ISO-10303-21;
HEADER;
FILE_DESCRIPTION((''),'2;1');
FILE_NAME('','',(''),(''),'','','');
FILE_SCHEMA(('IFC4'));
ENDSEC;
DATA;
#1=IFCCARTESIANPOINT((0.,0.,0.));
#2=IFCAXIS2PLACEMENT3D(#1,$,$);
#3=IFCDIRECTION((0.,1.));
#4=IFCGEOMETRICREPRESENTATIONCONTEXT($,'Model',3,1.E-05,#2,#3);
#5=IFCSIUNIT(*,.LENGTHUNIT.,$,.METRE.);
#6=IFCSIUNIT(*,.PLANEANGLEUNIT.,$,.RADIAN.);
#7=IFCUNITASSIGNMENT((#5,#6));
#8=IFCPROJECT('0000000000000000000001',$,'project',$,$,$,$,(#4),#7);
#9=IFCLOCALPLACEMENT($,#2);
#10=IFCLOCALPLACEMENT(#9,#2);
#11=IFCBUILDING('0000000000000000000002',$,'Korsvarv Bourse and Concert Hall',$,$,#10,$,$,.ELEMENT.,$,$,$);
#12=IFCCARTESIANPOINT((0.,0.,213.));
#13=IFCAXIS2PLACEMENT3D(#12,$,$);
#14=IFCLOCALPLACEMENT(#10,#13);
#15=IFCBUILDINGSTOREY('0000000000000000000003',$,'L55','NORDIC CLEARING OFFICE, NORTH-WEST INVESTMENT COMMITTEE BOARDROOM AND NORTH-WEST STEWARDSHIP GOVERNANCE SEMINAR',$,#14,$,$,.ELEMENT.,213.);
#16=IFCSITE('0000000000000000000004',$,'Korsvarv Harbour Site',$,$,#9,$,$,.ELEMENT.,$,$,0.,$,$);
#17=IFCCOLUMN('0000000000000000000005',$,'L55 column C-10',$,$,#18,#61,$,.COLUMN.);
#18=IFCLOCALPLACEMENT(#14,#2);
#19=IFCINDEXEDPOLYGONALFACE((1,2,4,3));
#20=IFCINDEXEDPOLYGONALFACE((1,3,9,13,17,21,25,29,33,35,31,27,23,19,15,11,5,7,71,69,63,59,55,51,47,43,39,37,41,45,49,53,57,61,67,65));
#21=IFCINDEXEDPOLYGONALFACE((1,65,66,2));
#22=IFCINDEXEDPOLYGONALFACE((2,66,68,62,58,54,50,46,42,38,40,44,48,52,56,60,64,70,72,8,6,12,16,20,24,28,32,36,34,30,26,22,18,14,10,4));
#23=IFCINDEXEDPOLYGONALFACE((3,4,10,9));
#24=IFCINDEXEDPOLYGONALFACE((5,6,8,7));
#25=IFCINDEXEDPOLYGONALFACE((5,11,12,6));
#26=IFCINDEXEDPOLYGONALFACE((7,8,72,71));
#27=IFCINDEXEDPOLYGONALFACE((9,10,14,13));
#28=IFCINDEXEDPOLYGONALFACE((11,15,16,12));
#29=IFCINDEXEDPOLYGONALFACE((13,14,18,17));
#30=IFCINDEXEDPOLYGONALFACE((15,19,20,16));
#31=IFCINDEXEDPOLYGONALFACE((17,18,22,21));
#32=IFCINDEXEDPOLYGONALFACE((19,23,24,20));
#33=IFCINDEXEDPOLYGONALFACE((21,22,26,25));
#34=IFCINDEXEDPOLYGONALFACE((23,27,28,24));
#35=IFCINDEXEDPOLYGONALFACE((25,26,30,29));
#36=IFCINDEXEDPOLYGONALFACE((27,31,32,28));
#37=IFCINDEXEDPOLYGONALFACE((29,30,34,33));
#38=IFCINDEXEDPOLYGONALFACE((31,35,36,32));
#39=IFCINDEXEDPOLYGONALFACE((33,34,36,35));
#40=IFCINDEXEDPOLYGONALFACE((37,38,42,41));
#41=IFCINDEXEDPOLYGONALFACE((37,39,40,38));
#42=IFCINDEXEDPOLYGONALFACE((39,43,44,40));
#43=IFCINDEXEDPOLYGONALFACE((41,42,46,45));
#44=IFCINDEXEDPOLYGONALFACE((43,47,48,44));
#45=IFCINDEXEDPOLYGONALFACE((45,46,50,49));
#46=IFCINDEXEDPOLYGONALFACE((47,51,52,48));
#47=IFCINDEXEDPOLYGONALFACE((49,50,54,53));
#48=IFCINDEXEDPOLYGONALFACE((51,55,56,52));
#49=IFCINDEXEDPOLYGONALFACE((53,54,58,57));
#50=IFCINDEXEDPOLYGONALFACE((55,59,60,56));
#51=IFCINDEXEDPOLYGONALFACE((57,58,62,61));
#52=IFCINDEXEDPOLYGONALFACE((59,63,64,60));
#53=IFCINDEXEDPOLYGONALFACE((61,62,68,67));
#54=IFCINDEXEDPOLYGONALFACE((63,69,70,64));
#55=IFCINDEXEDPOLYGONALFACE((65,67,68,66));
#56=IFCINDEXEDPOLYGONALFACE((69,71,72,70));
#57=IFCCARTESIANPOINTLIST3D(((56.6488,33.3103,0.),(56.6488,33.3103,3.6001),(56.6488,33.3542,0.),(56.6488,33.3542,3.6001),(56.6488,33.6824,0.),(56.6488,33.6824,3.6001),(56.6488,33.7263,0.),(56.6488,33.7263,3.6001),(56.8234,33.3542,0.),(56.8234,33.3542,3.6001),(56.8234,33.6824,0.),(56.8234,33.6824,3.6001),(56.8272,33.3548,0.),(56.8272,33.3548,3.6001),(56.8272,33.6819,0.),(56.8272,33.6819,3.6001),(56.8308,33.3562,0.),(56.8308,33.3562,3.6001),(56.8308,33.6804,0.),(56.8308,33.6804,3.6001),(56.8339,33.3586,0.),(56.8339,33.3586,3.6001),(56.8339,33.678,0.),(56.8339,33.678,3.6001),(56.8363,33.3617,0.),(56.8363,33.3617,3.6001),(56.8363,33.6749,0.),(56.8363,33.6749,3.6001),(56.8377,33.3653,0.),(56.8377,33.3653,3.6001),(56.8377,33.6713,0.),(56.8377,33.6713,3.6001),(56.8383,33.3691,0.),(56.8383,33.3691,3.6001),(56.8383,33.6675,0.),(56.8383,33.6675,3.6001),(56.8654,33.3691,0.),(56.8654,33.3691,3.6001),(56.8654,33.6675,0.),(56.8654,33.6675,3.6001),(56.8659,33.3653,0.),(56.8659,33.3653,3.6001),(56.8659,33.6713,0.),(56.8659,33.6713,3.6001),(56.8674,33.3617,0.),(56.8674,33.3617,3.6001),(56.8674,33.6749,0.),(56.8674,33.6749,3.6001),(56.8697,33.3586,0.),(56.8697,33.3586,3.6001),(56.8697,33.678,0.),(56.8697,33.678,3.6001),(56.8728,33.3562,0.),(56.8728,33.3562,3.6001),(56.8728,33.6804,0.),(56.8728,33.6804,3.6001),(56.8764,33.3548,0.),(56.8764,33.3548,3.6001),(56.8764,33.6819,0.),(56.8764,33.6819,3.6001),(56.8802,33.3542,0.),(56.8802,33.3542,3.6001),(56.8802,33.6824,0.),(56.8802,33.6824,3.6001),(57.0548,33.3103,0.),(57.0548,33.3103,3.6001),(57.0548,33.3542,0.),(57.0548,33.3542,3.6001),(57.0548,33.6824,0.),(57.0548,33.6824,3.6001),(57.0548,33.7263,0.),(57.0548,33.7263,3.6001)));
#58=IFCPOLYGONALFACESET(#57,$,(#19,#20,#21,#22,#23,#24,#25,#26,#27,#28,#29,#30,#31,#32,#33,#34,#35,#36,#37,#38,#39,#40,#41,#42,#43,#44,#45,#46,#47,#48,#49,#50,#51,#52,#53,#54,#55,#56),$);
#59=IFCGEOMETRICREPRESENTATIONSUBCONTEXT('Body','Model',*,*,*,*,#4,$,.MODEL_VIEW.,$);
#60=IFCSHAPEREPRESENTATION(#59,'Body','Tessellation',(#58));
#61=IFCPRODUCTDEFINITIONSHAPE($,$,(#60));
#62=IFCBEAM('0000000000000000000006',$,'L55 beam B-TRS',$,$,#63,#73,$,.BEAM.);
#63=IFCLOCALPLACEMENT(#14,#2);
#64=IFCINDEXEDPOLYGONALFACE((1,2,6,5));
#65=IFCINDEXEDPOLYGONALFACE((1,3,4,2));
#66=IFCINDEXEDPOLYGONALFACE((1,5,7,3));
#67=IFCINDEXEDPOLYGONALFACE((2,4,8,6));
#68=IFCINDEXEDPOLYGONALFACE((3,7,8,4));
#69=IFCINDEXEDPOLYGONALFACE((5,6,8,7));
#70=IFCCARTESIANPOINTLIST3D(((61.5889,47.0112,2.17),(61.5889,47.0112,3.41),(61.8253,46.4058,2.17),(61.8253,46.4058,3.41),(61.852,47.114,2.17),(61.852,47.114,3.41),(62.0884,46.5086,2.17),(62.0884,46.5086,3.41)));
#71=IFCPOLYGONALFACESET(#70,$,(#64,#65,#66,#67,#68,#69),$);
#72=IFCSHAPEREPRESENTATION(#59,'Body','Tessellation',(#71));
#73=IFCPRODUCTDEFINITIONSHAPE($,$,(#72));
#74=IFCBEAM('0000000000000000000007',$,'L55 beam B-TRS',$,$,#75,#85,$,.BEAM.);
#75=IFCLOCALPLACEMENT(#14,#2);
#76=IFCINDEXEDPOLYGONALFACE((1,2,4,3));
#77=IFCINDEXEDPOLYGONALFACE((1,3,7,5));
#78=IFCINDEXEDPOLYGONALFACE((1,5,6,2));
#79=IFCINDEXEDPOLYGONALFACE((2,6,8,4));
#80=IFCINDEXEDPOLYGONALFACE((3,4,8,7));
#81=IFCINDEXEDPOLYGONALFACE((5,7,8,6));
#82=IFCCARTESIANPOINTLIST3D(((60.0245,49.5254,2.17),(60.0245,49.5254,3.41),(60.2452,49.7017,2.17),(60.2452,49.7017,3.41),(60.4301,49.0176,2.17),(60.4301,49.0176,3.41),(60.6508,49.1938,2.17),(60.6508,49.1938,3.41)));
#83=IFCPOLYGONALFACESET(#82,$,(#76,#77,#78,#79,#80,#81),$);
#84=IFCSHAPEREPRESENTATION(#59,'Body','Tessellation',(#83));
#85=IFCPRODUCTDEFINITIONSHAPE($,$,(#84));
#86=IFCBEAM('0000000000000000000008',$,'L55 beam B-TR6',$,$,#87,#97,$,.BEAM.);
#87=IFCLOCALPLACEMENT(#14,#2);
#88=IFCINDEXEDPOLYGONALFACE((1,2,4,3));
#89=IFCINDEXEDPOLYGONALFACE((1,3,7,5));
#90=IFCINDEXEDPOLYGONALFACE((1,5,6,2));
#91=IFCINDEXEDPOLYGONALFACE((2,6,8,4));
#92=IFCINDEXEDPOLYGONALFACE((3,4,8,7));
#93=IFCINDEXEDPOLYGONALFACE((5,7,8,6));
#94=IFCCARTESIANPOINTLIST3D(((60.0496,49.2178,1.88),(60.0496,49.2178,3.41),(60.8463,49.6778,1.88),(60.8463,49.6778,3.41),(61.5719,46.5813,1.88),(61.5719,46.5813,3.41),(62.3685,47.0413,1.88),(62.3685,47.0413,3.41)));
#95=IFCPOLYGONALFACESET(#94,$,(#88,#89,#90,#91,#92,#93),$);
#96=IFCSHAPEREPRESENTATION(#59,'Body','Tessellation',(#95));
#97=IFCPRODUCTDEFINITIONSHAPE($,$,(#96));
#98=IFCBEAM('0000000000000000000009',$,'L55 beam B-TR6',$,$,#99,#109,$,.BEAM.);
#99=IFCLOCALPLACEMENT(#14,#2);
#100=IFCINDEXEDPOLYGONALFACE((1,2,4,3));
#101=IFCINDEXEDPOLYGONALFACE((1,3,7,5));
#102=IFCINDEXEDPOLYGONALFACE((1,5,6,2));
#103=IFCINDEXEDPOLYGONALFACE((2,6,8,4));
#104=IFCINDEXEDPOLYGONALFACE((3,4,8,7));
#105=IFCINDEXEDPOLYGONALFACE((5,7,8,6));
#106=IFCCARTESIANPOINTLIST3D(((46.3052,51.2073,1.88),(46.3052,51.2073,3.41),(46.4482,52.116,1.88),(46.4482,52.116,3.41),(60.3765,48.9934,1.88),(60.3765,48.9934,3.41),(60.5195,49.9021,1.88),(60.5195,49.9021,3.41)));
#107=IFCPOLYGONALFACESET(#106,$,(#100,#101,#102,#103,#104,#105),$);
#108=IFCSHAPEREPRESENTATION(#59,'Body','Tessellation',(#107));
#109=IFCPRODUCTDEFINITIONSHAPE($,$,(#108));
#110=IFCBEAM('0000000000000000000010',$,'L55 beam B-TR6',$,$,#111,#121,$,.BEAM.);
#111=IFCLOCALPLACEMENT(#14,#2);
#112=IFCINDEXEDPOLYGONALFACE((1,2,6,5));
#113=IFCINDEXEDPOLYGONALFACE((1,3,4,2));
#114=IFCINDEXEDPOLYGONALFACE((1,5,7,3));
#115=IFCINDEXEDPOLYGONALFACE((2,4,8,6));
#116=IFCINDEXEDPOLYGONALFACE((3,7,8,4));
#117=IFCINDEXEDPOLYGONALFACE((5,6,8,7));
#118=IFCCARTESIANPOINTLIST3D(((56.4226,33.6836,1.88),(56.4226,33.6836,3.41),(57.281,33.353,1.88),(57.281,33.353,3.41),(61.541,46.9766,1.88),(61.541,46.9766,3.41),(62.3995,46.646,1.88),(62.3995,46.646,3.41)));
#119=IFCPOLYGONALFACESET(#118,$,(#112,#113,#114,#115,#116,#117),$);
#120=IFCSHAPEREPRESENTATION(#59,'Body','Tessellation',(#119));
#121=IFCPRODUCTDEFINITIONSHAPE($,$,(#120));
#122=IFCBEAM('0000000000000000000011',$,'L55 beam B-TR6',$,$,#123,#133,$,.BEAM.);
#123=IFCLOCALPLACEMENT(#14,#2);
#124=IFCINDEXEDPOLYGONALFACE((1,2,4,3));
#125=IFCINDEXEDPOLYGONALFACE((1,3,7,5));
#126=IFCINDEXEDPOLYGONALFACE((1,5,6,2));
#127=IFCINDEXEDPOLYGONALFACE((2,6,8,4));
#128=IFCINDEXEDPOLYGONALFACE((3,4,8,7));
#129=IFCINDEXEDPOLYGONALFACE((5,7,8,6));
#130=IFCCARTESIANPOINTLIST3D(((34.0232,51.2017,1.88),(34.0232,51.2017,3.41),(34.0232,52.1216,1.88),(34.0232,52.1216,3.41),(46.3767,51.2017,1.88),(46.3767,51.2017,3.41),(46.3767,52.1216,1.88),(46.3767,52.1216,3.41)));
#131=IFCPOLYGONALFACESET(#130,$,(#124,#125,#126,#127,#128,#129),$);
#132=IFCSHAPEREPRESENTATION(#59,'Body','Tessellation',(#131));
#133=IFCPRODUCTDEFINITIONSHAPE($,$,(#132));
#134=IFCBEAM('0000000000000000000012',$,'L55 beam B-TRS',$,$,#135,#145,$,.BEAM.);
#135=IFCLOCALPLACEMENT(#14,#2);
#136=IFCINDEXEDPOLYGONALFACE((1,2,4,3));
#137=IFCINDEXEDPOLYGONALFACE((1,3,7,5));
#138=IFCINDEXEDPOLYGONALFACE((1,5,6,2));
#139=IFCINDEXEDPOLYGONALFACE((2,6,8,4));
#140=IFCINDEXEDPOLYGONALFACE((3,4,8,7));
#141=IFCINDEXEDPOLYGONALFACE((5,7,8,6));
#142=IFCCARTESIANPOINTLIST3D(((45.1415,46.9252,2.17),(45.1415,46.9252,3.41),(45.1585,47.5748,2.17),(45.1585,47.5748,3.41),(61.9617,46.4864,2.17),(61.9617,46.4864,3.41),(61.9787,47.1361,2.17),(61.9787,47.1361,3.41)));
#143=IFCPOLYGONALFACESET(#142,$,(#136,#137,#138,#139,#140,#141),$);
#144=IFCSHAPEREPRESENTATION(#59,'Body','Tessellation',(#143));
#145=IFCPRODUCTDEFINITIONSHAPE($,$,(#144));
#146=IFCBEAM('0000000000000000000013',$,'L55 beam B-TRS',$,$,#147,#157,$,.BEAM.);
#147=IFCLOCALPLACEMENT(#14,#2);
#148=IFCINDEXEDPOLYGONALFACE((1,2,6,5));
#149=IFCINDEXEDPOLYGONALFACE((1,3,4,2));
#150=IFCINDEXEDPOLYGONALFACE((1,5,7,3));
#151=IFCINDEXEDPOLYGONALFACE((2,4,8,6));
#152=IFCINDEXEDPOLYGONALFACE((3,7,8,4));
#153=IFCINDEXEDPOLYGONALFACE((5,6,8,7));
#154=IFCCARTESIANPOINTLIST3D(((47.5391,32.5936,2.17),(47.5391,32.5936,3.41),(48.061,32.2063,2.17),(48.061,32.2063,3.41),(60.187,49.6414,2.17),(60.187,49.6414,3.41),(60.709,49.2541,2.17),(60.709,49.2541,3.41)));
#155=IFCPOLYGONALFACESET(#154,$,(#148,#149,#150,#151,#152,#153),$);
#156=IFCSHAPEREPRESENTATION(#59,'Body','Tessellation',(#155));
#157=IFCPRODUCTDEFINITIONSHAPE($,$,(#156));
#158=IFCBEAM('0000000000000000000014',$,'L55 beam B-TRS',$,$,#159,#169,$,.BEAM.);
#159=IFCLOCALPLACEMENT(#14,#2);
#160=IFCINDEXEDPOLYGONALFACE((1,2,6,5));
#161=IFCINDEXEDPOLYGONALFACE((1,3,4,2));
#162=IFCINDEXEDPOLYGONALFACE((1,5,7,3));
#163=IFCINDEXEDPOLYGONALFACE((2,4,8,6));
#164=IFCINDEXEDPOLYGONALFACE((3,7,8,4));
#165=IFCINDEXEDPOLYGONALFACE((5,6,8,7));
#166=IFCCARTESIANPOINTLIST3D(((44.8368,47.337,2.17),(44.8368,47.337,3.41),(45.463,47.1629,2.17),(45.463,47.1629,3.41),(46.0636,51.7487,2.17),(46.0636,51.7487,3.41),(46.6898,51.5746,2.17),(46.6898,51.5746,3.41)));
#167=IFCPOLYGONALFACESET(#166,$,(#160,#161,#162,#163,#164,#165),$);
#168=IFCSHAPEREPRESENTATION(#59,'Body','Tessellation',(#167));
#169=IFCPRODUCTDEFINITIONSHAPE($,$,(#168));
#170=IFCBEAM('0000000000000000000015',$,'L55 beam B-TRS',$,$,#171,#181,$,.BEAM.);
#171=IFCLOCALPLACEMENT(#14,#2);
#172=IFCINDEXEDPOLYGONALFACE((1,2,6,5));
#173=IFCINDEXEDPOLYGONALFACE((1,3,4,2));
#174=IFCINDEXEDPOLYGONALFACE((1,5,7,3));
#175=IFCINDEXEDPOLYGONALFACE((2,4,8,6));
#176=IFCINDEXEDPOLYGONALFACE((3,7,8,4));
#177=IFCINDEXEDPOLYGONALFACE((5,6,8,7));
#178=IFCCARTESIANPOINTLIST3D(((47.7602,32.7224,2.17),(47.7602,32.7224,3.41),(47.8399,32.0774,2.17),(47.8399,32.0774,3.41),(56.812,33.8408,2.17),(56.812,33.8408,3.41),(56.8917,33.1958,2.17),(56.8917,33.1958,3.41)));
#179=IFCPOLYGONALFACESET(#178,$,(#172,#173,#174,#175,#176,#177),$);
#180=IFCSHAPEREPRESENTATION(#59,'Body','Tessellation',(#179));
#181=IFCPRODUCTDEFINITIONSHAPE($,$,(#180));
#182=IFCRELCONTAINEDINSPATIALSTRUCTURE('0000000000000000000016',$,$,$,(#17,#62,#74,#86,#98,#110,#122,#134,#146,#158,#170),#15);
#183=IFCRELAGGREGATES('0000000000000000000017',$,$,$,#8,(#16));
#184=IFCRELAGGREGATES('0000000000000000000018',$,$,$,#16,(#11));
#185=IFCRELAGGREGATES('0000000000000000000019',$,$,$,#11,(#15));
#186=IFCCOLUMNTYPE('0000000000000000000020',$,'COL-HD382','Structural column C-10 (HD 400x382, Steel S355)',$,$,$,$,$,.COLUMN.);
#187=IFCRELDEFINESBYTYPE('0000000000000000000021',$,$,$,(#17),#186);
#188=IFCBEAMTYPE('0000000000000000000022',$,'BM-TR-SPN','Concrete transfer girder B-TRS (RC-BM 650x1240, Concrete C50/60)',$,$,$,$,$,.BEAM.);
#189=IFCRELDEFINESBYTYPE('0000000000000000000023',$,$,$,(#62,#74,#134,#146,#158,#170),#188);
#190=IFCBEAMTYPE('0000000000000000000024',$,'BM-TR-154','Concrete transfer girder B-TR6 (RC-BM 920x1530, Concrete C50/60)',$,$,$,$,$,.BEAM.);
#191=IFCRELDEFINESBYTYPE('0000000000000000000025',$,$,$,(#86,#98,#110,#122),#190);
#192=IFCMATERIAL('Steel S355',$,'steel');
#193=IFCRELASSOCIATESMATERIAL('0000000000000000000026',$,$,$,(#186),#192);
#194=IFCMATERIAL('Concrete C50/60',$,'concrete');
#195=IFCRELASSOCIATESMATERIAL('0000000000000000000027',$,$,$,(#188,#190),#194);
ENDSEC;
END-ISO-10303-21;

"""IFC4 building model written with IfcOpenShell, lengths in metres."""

from ifc_helpers import new_model, si_unit, direction, frame, origin, origin_2d, place, context, subcontext, project, spatial, rectangle, i_section, extrude, source, transform, mapped, material, material_profile, profile_set, type_object, element, save


model = new_model("IFC4")

# Units and contexts
model_context = context("Model", 3, precision=1e-05, world=origin(), true_north=direction((0.0, 1.0)))
body_context = subcontext(model_context, "Body", "Model", "MODEL_VIEW")
ifc_project = project(units=[si_unit("LENGTHUNIT", "METRE"), si_unit("PLANEANGLEUNIT", "RADIAN")], contexts=[model_context])

# Site, building, storey
site_placement = place(None, origin())
site = spatial("IfcSite", under=ifc_project, at=site_placement, Name="Korsvarv Harbour Site", CompositionType="ELEMENT", RefElevation=0.0)
building_placement = place(site_placement, origin())
building = spatial("IfcBuilding", under=site, at=building_placement, Name="Korsvarv Bourse and Concert Hall", CompositionType="ELEMENT")
storey_placement = place(building_placement, frame((0.0, 0.0, 213.0)))
storey = spatial("IfcBuildingStorey", under=building, at=storey_placement, Name="L55", Description="NORDIC CLEARING OFFICE, NORTH-WEST INVESTMENT COMMITTEE BOARDROOM AND NORTH-WEST STEWARDSHIP GOVERNANCE SEMINAR", CompositionType="ELEMENT", Elevation=213.0)

# Column
ifc_material_1 = material(Name="Steel S355", Category="steel")
ifc_material_profile_1 = material_profile(ifc_material_1, i_section(OverallWidth=0.406, OverallDepth=0.416, WebThickness=0.0271, FlangeThickness=0.0439, FilletRadius=0.0149, at=origin_2d()), Name="HD 400x382")
ifc_profile_set_1 = profile_set([ifc_material_profile_1], Name="Steel S355")
column_type_1 = type_object("IfcColumnType", Name="COL-HD382", Description="Structural column C-10 (HD 400x382, Steel S355)", PredefinedType="COLUMN", material=ifc_profile_set_1)
shared_shape_1 = source(origin(), body_context, "Body", "SweptSolid", [
    extrude(i_section(OverallWidth=0.406, OverallDepth=0.416, WebThickness=0.0271, FlangeThickness=0.0439, FilletRadius=0.0149, at=origin_2d()), origin(), (0.0, 0.0, 1.0), 3.6001),
])
for number, where, z_axis, x_axis, name in (
    (1, (56.8518, 33.5183, 0.0), (0.0, 0.0, 1.0), (1.0, 0.0, 0.0), "L55 column C-10"),
):
    element("IfcColumn", number, at=place(storey_placement, frame(where, z_axis=z_axis, x_axis=x_axis)), inside=storey, type_object=column_type_1, Name=name, PredefinedType="COLUMN", context=body_context, shape_type="MappedRepresentation", body=[
        mapped(shared_shape_1, transform((0.0, 0.0, 0.0), scale=1.0)),
    ])

# Beams
ifc_material_2 = material(Name="Concrete C50/60", Category="concrete")
ifc_material_profile_2 = material_profile(ifc_material_2, rectangle(XDim=0.6499, YDim=1.24, at=origin_2d()), Name="RC-BM 650x1240")
ifc_profile_set_2 = profile_set([ifc_material_profile_2], Name="Concrete C50/60")
beam_type_1 = type_object("IfcBeamType", Name="BM-TR-SPN", Description="Concrete transfer girder B-TRS (RC-BM 650x1240, Concrete C50/60)", PredefinedType="BEAM", material=ifc_profile_set_2)
shared_shape_2 = source(origin(), body_context, "Body", "SweptSolid", [
    extrude(rectangle(XDim=0.6499, YDim=1.24, at=origin_2d()), origin(), (0.0, 0.0, 1.0), 0.2825),
])
for number, where, z_axis, x_axis, name in (
    (2, (61.9702, 46.8113, 2.79), (-0.931485, -0.36378, 0.0), (0.36378, -0.931485, 0.0), "L55 beam B-TRS"),
    (3, (60.448, 49.4478, 2.79), (-0.781375, -0.624062, 0.0), (0.624062, -0.781375, 0.0), "L55 beam B-TRS"),
):
    element("IfcBeam", number, at=place(storey_placement, frame(where, z_axis=z_axis, x_axis=x_axis)), inside=storey, type_object=beam_type_1, Name=name, PredefinedType="BEAM", context=body_context, shape_type="MappedRepresentation", body=[
        mapped(shared_shape_2, transform((0.0, 0.0, 0.0), scale=1.0)),
    ])
ifc_material_profile_3 = material_profile(ifc_material_2, rectangle(XDim=0.9199, YDim=1.53, at=origin_2d()), Name="RC-BM 920x1530")
ifc_profile_set_3 = profile_set([ifc_material_profile_3], Name="Concrete C50/60")
beam_type_2 = type_object("IfcBeamType", Name="BM-TR-154", Description="Concrete transfer girder B-TR6 (RC-BM 920x1530, Concrete C50/60)", PredefinedType="BEAM", material=ifc_profile_set_3)
shared_shape_3 = source(origin(), body_context, "Body", "SweptSolid", [
    extrude(rectangle(XDim=0.9199, YDim=1.53, at=origin_2d()), origin(), (0.0, 0.0, 1.0), 3.0444),
])
beam_1_placement = place(storey_placement, frame((61.9702, 46.8113, 2.645), z_axis=(-0.500012, 0.866019, 0.0), x_axis=(-0.866019, -0.500012, 0.0)))
element("IfcBeam", 4, at=beam_1_placement, inside=storey, type_object=beam_type_2, Name="L55 beam B-TR6", PredefinedType="BEAM", context=body_context, shape_type="MappedRepresentation", body=[
    mapped(shared_shape_3, transform((0.0, 0.0, 0.0), scale=1.0)),
])
shared_shape_4 = source(origin(), body_context, "Body", "SweptSolid", [
    extrude(rectangle(XDim=0.9199, YDim=1.53, at=origin_2d()), origin(), (0.0, 0.0, 1.0), 14.2444),
])
for number, where, z_axis, x_axis, name in (
    (5, (60.448, 49.4478, 2.645), (-0.987848, 0.15542, 0.0), (-0.15542, -0.987848, 0.0), "L55 beam B-TR6"),
    (6, (56.8518, 33.5183, 2.645), (0.359329, 0.933211, 0.0), (-0.933211, 0.359329, 0.0), "L55 beam B-TR6"),
):
    element("IfcBeam", number, at=place(storey_placement, frame(where, z_axis=z_axis, x_axis=x_axis)), inside=storey, type_object=beam_type_2, Name=name, PredefinedType="BEAM", context=body_context, shape_type="MappedRepresentation", body=[
        mapped(shared_shape_4, transform((0.0, 0.0, 0.0), scale=1.0)),
    ])
shared_shape_5 = source(origin(), body_context, "Body", "SweptSolid", [
    extrude(rectangle(XDim=0.9199, YDim=1.53, at=origin_2d()), origin(), (0.0, 0.0, 1.0), 12.3535),
])
beam_2_placement = place(storey_placement, frame((46.3767, 51.6616, 2.645), z_axis=(-1.0, 0.0, 0.0), x_axis=(0.0, -1.0, 0.0)))
element("IfcBeam", 7, at=beam_2_placement, inside=storey, type_object=beam_type_2, Name="L55 beam B-TR6", PredefinedType="BEAM", context=body_context, shape_type="MappedRepresentation", body=[
    mapped(shared_shape_5, transform((0.0, 0.0, 0.0), scale=1.0)),
])
shared_shape_6 = source(origin(), body_context, "Body", "SweptSolid", [
    extrude(rectangle(XDim=0.6499, YDim=1.24, at=origin_2d()), origin(), (0.0, 0.0, 1.0), 16.8259),
])
beam_3_placement = place(storey_placement, frame((61.9702, 46.8113, 2.79), z_axis=(-0.99966, 0.026074, 0.0), x_axis=(-0.026074, -0.99966, 0.0)))
element("IfcBeam", 8, at=beam_3_placement, inside=storey, type_object=beam_type_1, Name="L55 beam B-TRS", PredefinedType="BEAM", context=body_context, shape_type="MappedRepresentation", body=[
    mapped(shared_shape_6, transform((0.0, 0.0, 0.0), scale=1.0)),
])
shared_shape_7 = source(origin(), body_context, "Body", "SweptSolid", [
    extrude(rectangle(XDim=0.6499, YDim=1.24, at=origin_2d()), origin(), (0.0, 0.0, 1.0), 21.2273),
])
beam_4_placement = place(storey_placement, frame((60.448, 49.4478, 2.79), z_axis=(-0.595833, -0.803108, 0.0), x_axis=(0.803108, -0.595833, 0.0)))
element("IfcBeam", 9, at=beam_4_placement, inside=storey, type_object=beam_type_1, Name="L55 beam B-TRS", PredefinedType="BEAM", context=body_context, shape_type="MappedRepresentation", body=[
    mapped(shared_shape_7, transform((0.0, 0.0, 0.0), scale=1.0)),
])
shared_shape_8 = source(origin(), body_context, "Body", "SweptSolid", [
    extrude(rectangle(XDim=0.6499, YDim=1.24, at=origin_2d()), origin(), (0.0, 0.0, 1.0), 4.5791),
])
beam_5_placement = place(storey_placement, frame((46.3767, 51.6616, 2.79), z_axis=(-0.267919, -0.963441, 0.0), x_axis=(0.963441, -0.267919, 0.0)))
element("IfcBeam", 10, at=beam_5_placement, inside=storey, type_object=beam_type_1, Name="L55 beam B-TRS", PredefinedType="BEAM", context=body_context, shape_type="MappedRepresentation", body=[
    mapped(shared_shape_8, transform((0.0, 0.0, 0.0), scale=1.0)),
])
shared_shape_9 = source(origin(), body_context, "Body", "SweptSolid", [
    extrude(rectangle(XDim=0.6499, YDim=1.24, at=origin_2d()), origin(), (0.0, 0.0, 1.0), 9.1206),
])
beam_6_placement = place(storey_placement, frame((56.8518, 33.5183, 2.79), z_axis=(-0.992453, -0.122625, 0.0), x_axis=(0.122625, -0.992453, 0.0)))
element("IfcBeam", 11, at=beam_6_placement, inside=storey, type_object=beam_type_1, Name="L55 beam B-TRS", PredefinedType="BEAM", context=body_context, shape_type="MappedRepresentation", body=[
    mapped(shared_shape_9, transform((0.0, 0.0, 0.0), scale=1.0)),
])

save(model, "model.ifc")
